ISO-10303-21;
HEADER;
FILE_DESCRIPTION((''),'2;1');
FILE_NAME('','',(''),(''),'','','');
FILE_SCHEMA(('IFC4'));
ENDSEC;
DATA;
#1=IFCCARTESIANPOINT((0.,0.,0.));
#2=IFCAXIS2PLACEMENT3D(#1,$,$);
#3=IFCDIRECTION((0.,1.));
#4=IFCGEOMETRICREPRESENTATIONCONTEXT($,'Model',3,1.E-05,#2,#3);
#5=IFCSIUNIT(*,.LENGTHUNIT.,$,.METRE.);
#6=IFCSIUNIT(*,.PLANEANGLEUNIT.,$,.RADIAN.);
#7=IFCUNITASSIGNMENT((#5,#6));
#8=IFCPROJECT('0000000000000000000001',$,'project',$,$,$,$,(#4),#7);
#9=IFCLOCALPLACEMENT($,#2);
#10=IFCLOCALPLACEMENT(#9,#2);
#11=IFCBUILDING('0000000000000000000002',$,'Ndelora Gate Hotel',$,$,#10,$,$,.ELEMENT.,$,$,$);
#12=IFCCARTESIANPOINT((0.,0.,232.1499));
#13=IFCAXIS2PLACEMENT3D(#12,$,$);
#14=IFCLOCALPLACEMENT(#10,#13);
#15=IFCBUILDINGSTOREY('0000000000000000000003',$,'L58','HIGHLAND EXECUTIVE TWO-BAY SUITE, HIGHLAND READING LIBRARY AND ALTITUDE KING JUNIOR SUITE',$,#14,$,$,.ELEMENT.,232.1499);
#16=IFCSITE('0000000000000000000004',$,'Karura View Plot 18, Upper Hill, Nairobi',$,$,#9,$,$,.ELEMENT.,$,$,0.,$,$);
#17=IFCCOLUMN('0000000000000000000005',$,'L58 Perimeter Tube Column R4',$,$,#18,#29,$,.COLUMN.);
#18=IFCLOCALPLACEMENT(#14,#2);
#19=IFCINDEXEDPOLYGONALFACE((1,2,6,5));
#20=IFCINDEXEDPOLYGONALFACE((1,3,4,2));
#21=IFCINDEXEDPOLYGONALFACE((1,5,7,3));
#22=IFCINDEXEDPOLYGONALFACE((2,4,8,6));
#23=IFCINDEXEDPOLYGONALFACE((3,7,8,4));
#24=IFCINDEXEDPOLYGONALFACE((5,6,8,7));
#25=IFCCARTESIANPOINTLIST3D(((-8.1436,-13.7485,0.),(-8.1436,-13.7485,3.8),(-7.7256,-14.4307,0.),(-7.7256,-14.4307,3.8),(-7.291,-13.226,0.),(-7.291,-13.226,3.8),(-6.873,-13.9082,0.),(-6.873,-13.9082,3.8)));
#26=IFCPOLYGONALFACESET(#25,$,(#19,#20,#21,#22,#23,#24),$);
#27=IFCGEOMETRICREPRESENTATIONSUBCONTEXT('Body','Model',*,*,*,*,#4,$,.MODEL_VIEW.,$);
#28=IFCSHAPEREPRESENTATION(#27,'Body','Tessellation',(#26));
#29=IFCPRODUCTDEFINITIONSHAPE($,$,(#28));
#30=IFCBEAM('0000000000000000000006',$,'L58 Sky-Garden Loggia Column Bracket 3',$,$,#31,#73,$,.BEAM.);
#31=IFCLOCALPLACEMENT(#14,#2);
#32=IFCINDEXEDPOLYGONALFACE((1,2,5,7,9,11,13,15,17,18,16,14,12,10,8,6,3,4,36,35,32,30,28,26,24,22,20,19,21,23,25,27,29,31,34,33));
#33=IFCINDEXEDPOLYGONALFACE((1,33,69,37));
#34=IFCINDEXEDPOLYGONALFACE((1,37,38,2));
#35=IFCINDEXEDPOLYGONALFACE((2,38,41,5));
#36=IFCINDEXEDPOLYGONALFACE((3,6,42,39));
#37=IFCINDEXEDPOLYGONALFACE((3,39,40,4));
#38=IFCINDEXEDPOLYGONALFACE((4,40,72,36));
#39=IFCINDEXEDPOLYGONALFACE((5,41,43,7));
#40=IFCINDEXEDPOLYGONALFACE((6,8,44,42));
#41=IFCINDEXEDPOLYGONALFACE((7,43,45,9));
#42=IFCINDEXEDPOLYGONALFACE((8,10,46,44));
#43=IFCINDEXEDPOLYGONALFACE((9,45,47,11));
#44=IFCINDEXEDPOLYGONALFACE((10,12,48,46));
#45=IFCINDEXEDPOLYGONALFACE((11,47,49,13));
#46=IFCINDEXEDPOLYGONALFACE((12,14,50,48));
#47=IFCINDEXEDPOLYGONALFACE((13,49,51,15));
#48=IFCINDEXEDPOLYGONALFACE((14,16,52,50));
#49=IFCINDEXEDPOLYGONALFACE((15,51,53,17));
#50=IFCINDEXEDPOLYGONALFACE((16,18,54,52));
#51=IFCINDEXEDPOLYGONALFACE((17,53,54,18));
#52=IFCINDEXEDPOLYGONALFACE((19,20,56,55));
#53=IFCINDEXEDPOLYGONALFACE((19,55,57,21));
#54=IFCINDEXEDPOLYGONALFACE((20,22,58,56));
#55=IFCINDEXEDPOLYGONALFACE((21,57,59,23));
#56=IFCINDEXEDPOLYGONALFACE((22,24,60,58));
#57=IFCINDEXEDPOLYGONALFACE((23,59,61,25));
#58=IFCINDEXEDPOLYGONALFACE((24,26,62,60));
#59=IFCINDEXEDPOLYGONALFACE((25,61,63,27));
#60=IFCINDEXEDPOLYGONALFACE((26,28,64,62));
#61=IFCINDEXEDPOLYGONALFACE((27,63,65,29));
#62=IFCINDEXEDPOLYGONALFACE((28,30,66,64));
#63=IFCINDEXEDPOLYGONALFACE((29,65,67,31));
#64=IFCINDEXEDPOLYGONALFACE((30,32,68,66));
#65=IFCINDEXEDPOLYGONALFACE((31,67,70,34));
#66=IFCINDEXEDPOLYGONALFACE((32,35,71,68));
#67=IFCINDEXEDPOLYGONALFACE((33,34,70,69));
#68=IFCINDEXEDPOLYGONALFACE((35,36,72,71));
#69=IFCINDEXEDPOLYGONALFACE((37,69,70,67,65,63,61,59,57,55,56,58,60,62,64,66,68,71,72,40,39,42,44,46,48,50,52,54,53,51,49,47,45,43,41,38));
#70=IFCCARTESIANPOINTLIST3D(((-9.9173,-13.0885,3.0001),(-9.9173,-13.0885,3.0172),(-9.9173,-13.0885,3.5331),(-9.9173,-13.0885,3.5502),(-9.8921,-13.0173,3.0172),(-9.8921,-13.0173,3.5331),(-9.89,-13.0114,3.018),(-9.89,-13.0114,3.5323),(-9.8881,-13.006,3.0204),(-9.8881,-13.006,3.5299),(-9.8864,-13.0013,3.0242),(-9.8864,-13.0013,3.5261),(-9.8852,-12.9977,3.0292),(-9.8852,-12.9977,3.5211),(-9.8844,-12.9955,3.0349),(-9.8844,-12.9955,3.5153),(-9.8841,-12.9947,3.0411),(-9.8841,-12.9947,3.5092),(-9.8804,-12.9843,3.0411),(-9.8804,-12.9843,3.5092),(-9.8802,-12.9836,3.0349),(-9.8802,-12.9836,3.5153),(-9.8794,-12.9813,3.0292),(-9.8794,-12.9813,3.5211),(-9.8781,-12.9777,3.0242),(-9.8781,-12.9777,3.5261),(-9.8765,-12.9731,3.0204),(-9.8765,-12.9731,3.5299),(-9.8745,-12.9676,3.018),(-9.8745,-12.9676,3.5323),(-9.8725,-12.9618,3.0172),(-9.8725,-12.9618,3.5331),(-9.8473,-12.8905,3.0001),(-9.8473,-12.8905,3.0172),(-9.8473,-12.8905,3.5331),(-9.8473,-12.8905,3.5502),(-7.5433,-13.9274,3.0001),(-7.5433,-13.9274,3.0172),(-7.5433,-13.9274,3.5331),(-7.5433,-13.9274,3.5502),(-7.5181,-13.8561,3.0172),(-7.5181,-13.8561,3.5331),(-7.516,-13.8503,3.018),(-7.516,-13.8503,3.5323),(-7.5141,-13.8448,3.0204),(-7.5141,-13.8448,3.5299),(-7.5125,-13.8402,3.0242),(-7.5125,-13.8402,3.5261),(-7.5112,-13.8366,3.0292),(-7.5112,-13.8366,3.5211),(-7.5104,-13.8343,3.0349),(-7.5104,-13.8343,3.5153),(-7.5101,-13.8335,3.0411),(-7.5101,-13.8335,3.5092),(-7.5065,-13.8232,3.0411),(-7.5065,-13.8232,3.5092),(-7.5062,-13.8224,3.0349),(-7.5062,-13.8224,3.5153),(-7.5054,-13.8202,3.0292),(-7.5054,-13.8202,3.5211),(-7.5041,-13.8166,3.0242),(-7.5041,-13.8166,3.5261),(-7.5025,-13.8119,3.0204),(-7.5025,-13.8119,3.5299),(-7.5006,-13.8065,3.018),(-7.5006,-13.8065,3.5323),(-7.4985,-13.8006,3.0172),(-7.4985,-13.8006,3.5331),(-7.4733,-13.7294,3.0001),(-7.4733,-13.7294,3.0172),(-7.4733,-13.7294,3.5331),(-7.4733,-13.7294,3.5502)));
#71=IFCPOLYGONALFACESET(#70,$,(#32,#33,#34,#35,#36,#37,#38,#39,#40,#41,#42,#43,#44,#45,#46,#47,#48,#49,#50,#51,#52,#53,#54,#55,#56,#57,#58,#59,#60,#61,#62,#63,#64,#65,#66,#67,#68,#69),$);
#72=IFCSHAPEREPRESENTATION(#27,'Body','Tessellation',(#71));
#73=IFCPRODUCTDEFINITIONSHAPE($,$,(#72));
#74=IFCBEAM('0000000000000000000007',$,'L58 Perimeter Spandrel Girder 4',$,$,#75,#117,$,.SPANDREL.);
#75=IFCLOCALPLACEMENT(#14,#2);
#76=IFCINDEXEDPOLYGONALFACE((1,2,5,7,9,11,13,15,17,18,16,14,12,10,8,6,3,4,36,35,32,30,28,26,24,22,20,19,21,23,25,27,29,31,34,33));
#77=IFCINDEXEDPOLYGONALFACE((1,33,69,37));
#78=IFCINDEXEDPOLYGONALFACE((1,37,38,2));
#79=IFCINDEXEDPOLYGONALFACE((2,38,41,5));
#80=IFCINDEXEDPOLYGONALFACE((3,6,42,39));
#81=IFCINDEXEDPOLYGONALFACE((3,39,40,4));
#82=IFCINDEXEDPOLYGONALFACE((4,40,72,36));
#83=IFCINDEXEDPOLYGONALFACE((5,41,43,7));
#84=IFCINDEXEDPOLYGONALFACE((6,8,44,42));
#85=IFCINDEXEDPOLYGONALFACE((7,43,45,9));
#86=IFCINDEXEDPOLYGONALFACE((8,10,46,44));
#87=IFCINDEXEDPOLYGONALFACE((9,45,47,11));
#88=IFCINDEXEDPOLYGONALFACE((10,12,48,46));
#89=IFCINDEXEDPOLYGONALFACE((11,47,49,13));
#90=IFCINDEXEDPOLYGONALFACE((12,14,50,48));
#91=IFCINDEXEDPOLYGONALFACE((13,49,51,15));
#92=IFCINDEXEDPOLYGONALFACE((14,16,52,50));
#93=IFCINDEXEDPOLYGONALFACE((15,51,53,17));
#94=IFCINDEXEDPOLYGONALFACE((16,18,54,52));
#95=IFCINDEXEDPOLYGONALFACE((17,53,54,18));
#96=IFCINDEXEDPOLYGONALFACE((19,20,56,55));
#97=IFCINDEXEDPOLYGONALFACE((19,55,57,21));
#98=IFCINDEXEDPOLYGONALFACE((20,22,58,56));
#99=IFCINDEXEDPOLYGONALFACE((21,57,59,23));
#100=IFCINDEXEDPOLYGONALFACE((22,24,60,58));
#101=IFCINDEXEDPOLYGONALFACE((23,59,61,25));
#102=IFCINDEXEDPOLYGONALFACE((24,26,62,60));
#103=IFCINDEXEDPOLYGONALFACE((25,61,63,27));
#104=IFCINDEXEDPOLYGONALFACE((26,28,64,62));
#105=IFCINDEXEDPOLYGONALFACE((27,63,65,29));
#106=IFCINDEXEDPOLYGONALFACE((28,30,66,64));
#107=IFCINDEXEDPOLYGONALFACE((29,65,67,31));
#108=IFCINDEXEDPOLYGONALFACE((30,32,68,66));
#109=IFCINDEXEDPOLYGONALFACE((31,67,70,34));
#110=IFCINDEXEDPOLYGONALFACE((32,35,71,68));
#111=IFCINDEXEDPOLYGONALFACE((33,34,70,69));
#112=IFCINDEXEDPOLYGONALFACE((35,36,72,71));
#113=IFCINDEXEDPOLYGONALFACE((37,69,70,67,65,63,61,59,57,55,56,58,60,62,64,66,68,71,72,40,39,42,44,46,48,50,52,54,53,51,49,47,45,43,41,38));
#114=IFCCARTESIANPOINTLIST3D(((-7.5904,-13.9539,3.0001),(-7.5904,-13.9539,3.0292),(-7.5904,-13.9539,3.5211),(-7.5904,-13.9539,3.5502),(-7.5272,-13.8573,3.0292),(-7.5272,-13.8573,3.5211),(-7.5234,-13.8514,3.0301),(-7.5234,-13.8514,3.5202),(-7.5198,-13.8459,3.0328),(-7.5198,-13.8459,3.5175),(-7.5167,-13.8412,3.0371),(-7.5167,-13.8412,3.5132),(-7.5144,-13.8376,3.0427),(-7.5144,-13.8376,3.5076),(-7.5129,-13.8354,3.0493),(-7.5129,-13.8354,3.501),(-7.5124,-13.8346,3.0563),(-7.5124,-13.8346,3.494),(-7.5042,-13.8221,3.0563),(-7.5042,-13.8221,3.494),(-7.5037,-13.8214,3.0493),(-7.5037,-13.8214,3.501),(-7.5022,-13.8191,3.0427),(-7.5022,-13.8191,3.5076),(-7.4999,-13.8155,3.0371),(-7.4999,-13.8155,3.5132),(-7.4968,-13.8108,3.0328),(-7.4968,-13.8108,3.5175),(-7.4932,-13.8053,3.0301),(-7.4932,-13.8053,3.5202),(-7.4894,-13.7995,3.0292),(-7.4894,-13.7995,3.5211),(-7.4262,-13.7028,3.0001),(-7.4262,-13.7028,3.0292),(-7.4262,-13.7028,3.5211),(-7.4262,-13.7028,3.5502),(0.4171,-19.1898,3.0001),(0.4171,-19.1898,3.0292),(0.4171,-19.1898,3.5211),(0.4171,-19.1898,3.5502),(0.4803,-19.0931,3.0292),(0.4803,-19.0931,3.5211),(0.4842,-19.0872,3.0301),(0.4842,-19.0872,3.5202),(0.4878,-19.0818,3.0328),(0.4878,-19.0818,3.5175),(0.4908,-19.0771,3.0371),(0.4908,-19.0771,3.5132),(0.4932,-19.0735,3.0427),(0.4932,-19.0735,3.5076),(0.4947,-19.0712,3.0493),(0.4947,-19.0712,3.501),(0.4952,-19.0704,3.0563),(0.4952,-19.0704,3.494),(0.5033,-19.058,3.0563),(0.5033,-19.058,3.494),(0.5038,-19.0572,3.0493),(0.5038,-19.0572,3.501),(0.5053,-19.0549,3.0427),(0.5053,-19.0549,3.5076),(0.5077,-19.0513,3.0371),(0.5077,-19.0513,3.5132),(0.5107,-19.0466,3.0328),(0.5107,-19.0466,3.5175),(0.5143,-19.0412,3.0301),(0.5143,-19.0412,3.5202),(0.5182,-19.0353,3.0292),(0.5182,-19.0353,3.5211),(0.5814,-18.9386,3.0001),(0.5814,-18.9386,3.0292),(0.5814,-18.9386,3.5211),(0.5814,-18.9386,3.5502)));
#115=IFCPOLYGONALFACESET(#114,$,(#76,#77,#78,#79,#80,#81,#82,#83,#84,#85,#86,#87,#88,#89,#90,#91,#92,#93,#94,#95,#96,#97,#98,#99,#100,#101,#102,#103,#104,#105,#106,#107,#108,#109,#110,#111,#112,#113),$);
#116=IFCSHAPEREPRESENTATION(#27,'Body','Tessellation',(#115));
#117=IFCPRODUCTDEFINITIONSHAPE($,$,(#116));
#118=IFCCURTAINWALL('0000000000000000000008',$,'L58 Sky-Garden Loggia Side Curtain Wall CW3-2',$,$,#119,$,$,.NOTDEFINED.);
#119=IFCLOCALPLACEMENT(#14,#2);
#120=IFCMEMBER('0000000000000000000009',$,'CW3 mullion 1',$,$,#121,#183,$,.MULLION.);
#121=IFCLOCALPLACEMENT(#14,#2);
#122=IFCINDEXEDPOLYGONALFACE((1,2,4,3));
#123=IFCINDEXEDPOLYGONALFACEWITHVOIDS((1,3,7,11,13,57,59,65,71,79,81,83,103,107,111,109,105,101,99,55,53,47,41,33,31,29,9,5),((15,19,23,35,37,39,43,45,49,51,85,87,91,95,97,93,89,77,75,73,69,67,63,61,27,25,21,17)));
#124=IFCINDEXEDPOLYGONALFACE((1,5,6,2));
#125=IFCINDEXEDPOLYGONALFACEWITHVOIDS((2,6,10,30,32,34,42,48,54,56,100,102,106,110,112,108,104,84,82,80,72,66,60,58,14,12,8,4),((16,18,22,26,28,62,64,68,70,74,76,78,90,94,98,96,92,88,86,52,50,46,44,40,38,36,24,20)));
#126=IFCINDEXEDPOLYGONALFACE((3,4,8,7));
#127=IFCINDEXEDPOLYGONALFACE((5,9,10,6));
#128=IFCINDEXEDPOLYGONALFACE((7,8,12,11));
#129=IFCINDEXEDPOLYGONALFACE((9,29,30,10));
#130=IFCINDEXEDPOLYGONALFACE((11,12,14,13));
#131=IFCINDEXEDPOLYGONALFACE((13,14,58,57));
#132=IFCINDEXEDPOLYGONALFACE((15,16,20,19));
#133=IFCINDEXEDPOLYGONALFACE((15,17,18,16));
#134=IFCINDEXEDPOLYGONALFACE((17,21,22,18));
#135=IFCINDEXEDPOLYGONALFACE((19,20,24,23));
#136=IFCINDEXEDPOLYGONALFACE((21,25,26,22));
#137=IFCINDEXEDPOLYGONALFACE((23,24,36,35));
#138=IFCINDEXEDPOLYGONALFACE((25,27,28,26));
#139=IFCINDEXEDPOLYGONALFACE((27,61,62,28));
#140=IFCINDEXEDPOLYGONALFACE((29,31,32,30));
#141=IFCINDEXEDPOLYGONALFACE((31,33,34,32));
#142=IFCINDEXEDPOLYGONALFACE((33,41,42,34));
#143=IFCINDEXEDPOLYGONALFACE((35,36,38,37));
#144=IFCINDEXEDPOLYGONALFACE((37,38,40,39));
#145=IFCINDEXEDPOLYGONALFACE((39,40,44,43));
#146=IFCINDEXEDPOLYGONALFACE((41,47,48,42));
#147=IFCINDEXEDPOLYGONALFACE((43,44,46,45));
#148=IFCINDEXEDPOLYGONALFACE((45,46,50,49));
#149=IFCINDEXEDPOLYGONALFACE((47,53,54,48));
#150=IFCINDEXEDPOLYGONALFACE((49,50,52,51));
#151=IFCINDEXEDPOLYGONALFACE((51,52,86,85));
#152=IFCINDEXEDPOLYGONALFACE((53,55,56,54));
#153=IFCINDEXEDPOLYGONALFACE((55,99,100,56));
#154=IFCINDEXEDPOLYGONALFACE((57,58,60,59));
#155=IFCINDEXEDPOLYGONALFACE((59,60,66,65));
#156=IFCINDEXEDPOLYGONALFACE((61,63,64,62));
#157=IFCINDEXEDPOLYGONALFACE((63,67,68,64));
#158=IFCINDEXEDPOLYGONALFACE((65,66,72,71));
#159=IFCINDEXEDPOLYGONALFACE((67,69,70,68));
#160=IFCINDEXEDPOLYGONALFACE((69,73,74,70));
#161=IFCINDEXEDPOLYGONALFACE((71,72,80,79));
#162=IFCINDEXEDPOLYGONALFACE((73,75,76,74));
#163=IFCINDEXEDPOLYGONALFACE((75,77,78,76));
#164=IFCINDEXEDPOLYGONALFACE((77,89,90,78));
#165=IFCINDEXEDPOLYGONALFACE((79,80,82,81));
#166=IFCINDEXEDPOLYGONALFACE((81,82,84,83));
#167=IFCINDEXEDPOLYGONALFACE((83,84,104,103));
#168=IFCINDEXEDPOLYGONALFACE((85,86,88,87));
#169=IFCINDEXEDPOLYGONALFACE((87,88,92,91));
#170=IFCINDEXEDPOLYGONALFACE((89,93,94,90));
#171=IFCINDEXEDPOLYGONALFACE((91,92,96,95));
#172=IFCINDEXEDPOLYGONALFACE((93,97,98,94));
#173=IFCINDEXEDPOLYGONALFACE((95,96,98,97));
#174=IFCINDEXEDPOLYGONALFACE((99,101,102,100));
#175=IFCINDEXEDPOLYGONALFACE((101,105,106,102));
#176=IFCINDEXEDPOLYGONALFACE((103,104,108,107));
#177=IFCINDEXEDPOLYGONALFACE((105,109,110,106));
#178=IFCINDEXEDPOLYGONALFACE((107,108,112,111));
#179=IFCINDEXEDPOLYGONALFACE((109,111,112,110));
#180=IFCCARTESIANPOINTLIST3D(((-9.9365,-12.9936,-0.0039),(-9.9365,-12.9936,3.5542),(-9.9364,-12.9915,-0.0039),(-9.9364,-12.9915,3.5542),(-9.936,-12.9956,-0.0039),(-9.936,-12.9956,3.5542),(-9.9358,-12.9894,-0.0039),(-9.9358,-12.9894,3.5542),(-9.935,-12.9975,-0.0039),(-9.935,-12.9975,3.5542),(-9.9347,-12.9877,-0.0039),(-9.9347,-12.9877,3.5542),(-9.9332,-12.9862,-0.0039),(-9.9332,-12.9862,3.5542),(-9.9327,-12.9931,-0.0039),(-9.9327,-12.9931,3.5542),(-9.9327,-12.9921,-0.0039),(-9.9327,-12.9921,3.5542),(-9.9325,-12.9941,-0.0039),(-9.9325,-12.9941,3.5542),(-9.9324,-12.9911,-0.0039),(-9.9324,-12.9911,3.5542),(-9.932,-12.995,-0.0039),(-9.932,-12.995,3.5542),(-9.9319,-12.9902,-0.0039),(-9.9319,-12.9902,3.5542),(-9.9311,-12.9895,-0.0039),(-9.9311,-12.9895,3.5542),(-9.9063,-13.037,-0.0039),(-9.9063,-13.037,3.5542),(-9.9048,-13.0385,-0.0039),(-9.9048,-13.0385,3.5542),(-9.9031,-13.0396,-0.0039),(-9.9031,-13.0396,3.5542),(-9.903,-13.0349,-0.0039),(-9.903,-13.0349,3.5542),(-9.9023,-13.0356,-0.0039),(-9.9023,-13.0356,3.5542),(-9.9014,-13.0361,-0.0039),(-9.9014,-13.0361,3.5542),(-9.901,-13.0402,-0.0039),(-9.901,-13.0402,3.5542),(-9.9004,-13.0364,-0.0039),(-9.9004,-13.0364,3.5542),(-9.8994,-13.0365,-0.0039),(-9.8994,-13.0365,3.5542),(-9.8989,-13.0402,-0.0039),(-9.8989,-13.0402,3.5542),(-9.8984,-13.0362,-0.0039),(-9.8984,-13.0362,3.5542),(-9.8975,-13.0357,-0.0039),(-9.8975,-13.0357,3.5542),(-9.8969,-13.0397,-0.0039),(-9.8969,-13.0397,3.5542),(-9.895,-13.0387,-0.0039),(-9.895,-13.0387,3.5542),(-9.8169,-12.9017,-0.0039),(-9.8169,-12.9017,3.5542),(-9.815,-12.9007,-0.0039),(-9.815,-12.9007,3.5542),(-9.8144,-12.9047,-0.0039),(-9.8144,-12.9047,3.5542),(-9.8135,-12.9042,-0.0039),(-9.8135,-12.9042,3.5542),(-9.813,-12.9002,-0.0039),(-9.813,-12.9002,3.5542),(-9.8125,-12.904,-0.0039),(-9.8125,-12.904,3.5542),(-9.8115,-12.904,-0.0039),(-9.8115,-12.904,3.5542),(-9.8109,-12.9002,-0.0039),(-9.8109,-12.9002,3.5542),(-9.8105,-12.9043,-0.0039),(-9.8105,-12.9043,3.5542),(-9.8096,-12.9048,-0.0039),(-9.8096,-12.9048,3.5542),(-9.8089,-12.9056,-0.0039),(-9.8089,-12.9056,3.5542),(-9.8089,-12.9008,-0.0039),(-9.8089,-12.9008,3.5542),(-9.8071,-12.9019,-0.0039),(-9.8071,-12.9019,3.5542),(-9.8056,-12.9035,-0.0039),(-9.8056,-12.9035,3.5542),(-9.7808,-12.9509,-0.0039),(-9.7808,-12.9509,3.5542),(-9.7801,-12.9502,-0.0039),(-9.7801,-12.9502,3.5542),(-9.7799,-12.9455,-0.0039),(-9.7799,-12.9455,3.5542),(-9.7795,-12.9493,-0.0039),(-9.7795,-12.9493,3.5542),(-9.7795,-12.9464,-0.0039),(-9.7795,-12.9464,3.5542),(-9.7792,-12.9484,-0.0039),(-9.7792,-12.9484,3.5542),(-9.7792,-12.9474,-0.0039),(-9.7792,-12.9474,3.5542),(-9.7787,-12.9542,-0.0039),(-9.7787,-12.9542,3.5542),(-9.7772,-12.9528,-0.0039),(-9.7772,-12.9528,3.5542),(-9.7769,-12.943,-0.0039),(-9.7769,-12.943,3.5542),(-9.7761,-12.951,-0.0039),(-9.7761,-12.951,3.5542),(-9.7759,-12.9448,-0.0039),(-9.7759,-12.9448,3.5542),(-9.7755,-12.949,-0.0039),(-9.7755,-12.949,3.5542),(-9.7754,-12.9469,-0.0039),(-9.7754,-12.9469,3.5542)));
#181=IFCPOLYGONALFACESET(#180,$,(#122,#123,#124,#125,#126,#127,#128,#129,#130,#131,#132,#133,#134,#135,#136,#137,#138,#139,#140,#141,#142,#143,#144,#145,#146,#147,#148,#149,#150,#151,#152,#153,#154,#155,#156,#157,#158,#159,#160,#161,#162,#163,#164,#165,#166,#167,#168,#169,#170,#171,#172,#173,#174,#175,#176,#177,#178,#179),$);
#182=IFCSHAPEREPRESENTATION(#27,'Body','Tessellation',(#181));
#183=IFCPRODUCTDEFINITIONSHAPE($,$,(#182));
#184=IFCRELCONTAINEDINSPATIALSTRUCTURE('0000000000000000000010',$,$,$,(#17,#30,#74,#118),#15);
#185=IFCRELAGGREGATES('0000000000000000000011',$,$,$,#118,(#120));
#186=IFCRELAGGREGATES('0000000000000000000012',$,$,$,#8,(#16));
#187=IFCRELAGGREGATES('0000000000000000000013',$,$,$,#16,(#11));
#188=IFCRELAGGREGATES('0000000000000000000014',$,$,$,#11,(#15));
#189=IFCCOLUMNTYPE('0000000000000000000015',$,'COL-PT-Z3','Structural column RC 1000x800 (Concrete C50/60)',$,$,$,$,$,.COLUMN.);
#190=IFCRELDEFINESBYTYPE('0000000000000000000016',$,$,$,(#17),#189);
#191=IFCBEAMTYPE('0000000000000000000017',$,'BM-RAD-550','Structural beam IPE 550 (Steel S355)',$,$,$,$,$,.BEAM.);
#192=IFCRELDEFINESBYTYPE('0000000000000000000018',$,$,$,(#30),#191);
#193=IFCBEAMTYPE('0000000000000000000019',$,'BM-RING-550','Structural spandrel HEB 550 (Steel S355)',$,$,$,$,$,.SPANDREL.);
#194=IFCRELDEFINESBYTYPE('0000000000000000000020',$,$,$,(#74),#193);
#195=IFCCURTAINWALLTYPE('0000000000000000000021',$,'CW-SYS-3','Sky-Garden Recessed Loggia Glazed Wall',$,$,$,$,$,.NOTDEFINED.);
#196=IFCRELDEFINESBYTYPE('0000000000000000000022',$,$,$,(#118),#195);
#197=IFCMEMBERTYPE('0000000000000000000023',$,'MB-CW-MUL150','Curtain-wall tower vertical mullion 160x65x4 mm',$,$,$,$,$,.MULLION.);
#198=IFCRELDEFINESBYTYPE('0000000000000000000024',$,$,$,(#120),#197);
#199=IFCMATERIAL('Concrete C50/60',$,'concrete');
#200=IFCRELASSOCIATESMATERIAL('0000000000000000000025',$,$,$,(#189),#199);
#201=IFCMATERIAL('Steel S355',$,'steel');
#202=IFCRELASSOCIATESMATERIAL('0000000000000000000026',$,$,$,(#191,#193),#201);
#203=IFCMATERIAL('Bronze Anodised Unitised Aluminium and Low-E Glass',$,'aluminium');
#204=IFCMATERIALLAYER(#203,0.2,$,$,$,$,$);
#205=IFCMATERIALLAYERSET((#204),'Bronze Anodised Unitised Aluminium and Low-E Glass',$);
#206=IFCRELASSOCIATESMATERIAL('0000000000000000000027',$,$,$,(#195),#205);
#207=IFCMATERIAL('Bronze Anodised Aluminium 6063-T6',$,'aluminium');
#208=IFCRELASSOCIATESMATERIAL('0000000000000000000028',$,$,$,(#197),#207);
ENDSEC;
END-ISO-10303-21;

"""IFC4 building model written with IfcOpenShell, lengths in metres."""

from ifc_helpers import new_model, si_unit, direction, frame, origin, origin_2d, place, context, subcontext, project, spatial, rectangle, hollow_rectangle, i_section, extrude, material, layer, layer_set, material_profile, profile_set, type_object, element, aggregate, save


model = new_model("IFC4")

# Units and contexts
model_context = context("Model", 3, precision=1e-05, world=origin(), true_north=direction((0.0, 1.0)))
body_context = subcontext(model_context, "Body", "Model", "MODEL_VIEW")
ifc_project = project(units=[si_unit("LENGTHUNIT", "METRE"), si_unit("PLANEANGLEUNIT", "RADIAN")], contexts=[model_context])

# Site, building, storey
site_placement = place(None, origin())
site = spatial("IfcSite", under=ifc_project, at=site_placement, Name="Karura View Plot 18, Upper Hill, Nairobi", CompositionType="ELEMENT", RefElevation=0.0)
building_placement = place(site_placement, origin())
building = spatial("IfcBuilding", under=site, at=building_placement, Name="Ndelora Gate Hotel", CompositionType="ELEMENT")
storey_placement = place(building_placement, frame((0.0, 0.0, 232.1499)))
storey = spatial("IfcBuildingStorey", under=building, at=storey_placement, Name="L58", Description="HIGHLAND EXECUTIVE TWO-BAY SUITE, HIGHLAND READING LIBRARY AND ALTITUDE KING JUNIOR SUITE", CompositionType="ELEMENT", Elevation=232.1499)

# Column
ifc_material_1 = material(Name="Concrete C50/60", Category="concrete")
ifc_material_profile_1 = material_profile(ifc_material_1, rectangle(XDim=0.8, YDim=1.0, at=origin_2d()), Name="RC 1000x800")
ifc_profile_set_1 = profile_set([ifc_material_profile_1], Name="Concrete C50/60")
column_type = type_object("IfcColumnType", Name="COL-PT-Z3", Description="Structural column RC 1000x800 (Concrete C50/60)", PredefinedType="COLUMN", material=ifc_profile_set_1)
column_placement = place(storey_placement, frame((-7.5083, -13.8284, 0.0), z_axis=(0.0, 0.0, 1.0), x_axis=(-0.522499, 0.85264, 0.0)))
element("IfcColumn", 1, at=column_placement, inside=storey, type_object=column_type, Name="L58 Perimeter Tube Column R4", PredefinedType="COLUMN", context=body_context, shape_type="SweptSolid", body=[
    extrude(rectangle(XDim=0.8, YDim=1.0, at=origin_2d()), origin(), (0.0, 0.0, 1.0), 3.8),
])

# Beams
ifc_material_2 = material(Name="Steel S355", Category="steel")
ifc_material_profile_2 = material_profile(ifc_material_2, i_section(OverallWidth=0.21, OverallDepth=0.55, WebThickness=0.011, FlangeThickness=0.0171, FilletRadius=0.0239, at=origin_2d()), Name="IPE 550")
ifc_profile_set_2 = profile_set([ifc_material_profile_2], Name="Steel S355")
beam_type_1 = type_object("IfcBeamType", Name="BM-RAD-550", Description="Structural beam IPE 550 (Steel S355)", PredefinedType="BEAM", material=ifc_profile_set_2)
beam_1_placement = place(storey_placement, frame((-7.5083, -13.8284, 3.2751), z_axis=(-0.942869, 0.333165, 0.0), x_axis=(-0.333165, -0.942869, 0.0)))
element("IfcBeam", 2, at=beam_1_placement, inside=storey, type_object=beam_type_1, Name="L58 Sky-Garden Loggia Column Bracket 3", PredefinedType="BEAM", context=body_context, shape_type="SweptSolid", body=[
    extrude(i_section(OverallWidth=0.21, OverallDepth=0.55, WebThickness=0.011, FlangeThickness=0.0171, FilletRadius=0.0239, at=origin_2d()), origin(), (0.0, 0.0, 1.0), 2.5178),
])
ifc_material_profile_3 = material_profile(ifc_material_2, i_section(OverallWidth=0.3, OverallDepth=0.55, WebThickness=0.0149, FlangeThickness=0.0291, FilletRadius=0.0271, at=origin_2d()), Name="HEB 550")
ifc_profile_set_3 = profile_set([ifc_material_profile_3], Name="Steel S355")
beam_type_2 = type_object("IfcBeamType", Name="BM-RING-550", Description="Structural spandrel HEB 550 (Steel S355)", PredefinedType="SPANDREL", material=ifc_profile_set_3)
beam_2_placement = place(storey_placement, frame((-7.5083, -13.8284, 3.2751), z_axis=(0.836964, -0.547258, 0.0), x_axis=(0.547258, 0.836964, 0.0)))
element("IfcBeam", 3, at=beam_2_placement, inside=storey, type_object=beam_type_2, Name="L58 Perimeter Spandrel Girder 4", PredefinedType="SPANDREL", context=body_context, shape_type="SweptSolid", body=[
    extrude(i_section(OverallWidth=0.3, OverallDepth=0.55, WebThickness=0.0149, FlangeThickness=0.0291, FilletRadius=0.0271, at=origin_2d()), origin(), (0.0, 0.0, 1.0), 9.5674),
])

# Curtain wall, member
ifc_material_3 = material(Name="Bronze Anodised Unitised Aluminium and Low-E Glass", Category="aluminium")
ifc_layer_1 = layer(ifc_material_3, 0.2)
ifc_layer_set_1 = layer_set([ifc_layer_1], Name="Bronze Anodised Unitised Aluminium and Low-E Glass")
curtain_wall_type = type_object("IfcCurtainWallType", Name="CW-SYS-3", Description="Sky-Garden Recessed Loggia Glazed Wall", PredefinedType="NOTDEFINED", material=ifc_layer_set_1)
curtain_wall_placement = place(storey_placement, origin())
curtain_wall = element("IfcCurtainWall", 4, at=curtain_wall_placement, inside=storey, type_object=curtain_wall_type, Name="L58 Sky-Garden Loggia Side Curtain Wall CW3-2", PredefinedType="NOTDEFINED")
ifc_material_4 = material(Name="Bronze Anodised Aluminium 6063-T6", Category="aluminium")
ifc_material_profile_4 = material_profile(ifc_material_4, hollow_rectangle(XDim=0.0649, YDim=0.1599, WallThickness=0.0039, InnerFilletRadius=0.0039, OuterFilletRadius=0.0081, at=origin_2d()), Name="ALU 160x65x4")
ifc_profile_set_4 = profile_set([ifc_material_profile_4], Name="Bronze Anodised Aluminium 6063-T6")
member_type_1 = type_object("IfcMemberType", Name="MB-CW-MUL150", Description="Curtain-wall tower vertical mullion 160x65x4 mm", PredefinedType="MULLION", material=ifc_profile_set_4)
member_1_placement = place(storey_placement, frame((-9.856, -12.9702, -0.0039), z_axis=(0.0, 0.0, 1.0), x_axis=(-0.587764, 0.809033, 0.0)))
member_1 = element("IfcMember", 5, at=member_1_placement, type_object=member_type_1, Name="CW3 mullion 1", PredefinedType="MULLION", context=body_context, shape_type="SweptSolid", body=[
    extrude(hollow_rectangle(XDim=0.0649, YDim=0.1599, WallThickness=0.0039, InnerFilletRadius=0.0039, OuterFilletRadius=0.0081, at=origin_2d()), origin(), (0.0, 0.0, 1.0), 3.5581),
])
aggregate(curtain_wall, [member_1])

save(model, "model.ifc")
